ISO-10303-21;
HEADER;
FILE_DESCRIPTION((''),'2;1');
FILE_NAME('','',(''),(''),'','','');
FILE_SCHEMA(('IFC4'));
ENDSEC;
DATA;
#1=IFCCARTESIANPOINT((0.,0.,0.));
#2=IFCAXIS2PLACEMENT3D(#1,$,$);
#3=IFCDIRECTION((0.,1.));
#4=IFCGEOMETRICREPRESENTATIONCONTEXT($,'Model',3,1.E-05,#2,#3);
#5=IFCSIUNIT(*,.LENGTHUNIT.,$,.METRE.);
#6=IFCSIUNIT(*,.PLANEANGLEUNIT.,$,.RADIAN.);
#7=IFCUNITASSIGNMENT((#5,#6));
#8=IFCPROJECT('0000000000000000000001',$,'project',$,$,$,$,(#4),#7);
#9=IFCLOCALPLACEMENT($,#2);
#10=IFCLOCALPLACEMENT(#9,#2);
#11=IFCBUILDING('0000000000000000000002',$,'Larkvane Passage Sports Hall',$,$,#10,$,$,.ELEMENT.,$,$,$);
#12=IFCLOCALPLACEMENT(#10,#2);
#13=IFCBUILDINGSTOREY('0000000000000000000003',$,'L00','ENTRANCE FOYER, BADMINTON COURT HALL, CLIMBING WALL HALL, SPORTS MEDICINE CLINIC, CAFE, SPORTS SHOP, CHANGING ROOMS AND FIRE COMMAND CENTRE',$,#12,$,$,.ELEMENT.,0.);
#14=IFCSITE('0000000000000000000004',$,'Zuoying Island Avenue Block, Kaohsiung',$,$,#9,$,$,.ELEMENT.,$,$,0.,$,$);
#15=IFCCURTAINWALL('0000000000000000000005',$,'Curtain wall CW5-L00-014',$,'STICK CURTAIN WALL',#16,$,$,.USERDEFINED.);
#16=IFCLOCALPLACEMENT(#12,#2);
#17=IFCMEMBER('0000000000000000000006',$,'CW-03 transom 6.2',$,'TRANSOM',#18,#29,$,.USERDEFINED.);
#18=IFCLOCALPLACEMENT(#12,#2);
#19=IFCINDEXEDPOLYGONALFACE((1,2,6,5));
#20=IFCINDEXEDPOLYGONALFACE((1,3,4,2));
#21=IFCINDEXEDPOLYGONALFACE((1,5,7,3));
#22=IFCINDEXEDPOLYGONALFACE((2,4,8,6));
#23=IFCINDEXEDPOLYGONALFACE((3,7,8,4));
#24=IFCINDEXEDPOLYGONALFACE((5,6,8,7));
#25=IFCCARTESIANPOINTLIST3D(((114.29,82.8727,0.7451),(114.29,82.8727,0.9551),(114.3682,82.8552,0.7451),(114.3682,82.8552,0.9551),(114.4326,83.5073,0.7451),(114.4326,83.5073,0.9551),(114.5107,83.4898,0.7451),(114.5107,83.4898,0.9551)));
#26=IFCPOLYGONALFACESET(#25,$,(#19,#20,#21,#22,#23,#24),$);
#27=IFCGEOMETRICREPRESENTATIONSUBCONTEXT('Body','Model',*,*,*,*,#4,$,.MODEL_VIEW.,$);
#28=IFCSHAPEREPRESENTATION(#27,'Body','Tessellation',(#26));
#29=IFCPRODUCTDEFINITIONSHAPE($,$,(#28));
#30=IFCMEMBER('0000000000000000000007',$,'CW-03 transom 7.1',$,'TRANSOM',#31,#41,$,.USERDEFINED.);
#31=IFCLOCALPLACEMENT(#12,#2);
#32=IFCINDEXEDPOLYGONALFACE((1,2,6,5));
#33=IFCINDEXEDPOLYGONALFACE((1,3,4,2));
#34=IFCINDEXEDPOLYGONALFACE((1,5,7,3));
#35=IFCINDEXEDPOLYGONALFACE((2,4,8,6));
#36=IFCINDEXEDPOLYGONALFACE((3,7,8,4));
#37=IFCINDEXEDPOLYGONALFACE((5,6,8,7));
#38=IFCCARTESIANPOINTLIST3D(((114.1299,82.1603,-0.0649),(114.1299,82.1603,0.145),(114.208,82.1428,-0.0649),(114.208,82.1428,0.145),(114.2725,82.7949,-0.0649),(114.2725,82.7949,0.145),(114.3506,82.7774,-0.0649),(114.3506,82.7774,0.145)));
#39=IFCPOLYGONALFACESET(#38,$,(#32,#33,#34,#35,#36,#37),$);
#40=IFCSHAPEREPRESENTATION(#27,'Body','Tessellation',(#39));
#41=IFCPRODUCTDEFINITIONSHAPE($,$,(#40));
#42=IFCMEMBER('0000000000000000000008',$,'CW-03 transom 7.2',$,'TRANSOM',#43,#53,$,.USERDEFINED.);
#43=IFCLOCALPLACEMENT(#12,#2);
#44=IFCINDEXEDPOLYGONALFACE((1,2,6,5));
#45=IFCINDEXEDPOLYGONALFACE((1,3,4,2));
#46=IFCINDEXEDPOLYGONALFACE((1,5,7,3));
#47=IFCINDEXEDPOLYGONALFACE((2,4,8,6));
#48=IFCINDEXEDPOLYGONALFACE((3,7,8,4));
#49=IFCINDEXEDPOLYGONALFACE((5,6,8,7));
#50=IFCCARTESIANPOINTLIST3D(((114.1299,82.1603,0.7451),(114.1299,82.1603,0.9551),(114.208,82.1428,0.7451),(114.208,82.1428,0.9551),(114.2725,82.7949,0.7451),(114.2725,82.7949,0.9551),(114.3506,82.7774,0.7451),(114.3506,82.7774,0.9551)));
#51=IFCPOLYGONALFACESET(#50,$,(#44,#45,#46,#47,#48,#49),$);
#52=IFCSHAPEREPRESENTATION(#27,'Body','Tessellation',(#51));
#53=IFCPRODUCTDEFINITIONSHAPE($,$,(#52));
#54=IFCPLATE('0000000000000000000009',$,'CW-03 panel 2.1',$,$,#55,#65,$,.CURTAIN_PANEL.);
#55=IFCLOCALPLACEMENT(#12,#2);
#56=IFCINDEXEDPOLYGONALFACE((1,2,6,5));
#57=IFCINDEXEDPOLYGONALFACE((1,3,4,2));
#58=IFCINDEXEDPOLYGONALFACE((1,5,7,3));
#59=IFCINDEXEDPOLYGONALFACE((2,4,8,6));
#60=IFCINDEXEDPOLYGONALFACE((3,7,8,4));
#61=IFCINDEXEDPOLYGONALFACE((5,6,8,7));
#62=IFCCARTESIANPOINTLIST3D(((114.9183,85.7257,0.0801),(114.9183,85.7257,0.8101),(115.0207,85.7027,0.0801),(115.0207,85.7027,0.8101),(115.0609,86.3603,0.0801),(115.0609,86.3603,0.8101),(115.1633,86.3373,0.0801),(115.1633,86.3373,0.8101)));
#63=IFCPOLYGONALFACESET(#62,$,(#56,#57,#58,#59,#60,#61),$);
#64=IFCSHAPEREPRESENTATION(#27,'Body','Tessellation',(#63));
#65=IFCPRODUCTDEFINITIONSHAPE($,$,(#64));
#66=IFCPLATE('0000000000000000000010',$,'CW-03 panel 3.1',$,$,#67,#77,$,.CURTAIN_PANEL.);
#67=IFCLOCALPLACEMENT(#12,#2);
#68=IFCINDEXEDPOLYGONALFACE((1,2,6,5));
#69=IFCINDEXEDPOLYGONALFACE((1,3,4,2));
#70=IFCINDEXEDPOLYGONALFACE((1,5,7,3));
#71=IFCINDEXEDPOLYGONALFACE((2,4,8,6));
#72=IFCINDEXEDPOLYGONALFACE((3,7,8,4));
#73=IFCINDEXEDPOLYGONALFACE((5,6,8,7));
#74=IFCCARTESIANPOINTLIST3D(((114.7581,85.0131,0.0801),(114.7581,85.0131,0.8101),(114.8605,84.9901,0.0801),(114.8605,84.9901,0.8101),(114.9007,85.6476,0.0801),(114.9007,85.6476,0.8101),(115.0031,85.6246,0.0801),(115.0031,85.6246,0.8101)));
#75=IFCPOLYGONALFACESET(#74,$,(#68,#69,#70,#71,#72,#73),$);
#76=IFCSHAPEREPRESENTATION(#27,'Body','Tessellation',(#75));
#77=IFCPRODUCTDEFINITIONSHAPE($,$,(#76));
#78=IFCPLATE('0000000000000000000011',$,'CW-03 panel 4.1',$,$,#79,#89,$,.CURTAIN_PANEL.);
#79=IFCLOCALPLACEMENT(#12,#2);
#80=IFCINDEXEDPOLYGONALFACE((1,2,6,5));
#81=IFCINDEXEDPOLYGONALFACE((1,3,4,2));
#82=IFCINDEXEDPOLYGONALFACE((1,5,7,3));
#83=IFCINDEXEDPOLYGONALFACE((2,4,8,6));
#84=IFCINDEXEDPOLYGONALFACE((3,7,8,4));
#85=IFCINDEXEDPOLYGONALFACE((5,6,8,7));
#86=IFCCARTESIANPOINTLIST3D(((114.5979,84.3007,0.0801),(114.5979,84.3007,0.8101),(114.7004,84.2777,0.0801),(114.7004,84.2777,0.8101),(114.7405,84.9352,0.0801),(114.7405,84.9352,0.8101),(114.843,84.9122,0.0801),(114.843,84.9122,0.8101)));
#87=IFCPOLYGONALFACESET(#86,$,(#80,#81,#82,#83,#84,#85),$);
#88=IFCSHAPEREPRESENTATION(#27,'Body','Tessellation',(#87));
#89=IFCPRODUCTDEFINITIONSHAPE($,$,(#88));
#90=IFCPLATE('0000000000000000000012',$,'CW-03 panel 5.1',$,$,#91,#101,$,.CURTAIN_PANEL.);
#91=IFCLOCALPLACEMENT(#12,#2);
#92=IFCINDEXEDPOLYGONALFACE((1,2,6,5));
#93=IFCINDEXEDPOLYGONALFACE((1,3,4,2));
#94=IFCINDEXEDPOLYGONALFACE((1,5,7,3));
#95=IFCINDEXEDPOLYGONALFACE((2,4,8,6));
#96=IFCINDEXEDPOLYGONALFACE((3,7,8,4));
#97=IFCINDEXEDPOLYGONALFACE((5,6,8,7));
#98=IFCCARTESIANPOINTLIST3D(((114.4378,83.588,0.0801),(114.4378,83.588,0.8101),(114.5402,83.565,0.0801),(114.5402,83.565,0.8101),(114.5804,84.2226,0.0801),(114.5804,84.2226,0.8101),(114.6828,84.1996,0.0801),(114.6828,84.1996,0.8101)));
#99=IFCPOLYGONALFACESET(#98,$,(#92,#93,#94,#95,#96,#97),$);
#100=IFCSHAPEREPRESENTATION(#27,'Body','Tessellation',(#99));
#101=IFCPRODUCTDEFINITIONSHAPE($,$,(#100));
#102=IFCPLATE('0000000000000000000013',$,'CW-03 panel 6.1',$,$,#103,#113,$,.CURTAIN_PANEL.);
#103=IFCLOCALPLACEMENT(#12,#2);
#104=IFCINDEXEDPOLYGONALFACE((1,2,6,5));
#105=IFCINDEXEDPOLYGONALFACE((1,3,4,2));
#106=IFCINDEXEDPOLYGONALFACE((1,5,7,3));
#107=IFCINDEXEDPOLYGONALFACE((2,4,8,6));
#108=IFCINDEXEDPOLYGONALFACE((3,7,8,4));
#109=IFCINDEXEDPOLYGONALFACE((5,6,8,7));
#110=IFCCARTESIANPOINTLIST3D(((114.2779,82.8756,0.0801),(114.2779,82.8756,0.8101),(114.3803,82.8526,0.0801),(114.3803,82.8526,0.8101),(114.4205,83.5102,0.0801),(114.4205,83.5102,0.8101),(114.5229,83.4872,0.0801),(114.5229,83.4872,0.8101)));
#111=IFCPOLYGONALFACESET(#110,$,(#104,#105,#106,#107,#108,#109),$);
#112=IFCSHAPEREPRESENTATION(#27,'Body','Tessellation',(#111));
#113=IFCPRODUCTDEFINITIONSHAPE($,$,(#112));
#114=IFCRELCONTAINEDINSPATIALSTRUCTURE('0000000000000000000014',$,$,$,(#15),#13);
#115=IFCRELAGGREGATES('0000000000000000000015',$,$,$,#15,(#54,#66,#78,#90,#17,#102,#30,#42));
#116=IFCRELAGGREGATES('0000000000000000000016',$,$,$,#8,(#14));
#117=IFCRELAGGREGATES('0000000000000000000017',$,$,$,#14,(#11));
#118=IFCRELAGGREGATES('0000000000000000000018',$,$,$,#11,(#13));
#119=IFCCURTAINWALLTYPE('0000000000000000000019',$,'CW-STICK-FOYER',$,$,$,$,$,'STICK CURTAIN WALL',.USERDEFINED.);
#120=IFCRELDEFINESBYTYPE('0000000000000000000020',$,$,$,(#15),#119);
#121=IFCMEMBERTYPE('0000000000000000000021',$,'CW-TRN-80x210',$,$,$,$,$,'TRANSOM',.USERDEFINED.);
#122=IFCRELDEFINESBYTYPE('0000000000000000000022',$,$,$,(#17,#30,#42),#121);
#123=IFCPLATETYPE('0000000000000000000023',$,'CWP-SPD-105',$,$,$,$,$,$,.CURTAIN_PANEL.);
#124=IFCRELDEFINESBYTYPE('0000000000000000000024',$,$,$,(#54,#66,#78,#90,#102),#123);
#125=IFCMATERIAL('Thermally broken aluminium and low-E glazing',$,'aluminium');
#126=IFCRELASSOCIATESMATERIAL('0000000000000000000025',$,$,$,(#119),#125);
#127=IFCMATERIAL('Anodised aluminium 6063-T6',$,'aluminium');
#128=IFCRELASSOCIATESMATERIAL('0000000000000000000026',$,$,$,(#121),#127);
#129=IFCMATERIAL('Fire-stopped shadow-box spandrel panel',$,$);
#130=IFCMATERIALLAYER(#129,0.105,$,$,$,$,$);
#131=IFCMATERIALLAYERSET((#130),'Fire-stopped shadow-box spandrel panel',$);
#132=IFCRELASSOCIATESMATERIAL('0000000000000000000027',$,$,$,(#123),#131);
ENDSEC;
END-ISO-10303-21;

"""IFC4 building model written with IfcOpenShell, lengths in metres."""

from ifc_helpers import new_model, si_unit, direction, frame, origin, origin_2d, place, context, subcontext, project, spatial, rectangle, extrude, material, layer, layer_set, material_profile, profile_set, type_object, element, aggregate, save


model = new_model("IFC4")

# Units and contexts
model_context = context("Model", 3, precision=1e-05, world=origin(), true_north=direction((0.0, 1.0)))
body_context = subcontext(model_context, "Body", "Model", "MODEL_VIEW")
ifc_project = project(units=[si_unit("LENGTHUNIT", "METRE"), si_unit("PLANEANGLEUNIT", "RADIAN")], contexts=[model_context])

# Site, building, storey
site_placement = place(None, origin())
site = spatial("IfcSite", under=ifc_project, at=site_placement, Name="Zuoying Island Avenue Block, Kaohsiung", CompositionType="ELEMENT", RefElevation=0.0)
building_placement = place(site_placement, origin())
building = spatial("IfcBuilding", under=site, at=building_placement, Name="Larkvane Passage Sports Hall", CompositionType="ELEMENT")
storey_placement = place(building_placement, origin())
storey = spatial("IfcBuildingStorey", under=building, at=storey_placement, Name="L00", Description="ENTRANCE FOYER, BADMINTON COURT HALL, CLIMBING WALL HALL, SPORTS MEDICINE CLINIC, CAFE, SPORTS SHOP, CHANGING ROOMS AND FIRE COMMAND CENTRE", CompositionType="ELEMENT", Elevation=0.0)

# Curtain wall, members, plates
ifc_material_1 = material(Name="Thermally broken aluminium and low-E glazing", Category="aluminium")
curtain_wall_type = type_object("IfcCurtainWallType", Name="CW-STICK-FOYER", ElementType="STICK CURTAIN WALL", PredefinedType="USERDEFINED", material=ifc_material_1)
curtain_wall_placement = place(storey_placement, origin())
curtain_wall = element("IfcCurtainWall", 1, at=curtain_wall_placement, inside=storey, type_object=curtain_wall_type, Name="Curtain wall CW5-L00-014", ObjectType="STICK CURTAIN WALL", PredefinedType="USERDEFINED")
ifc_material_2 = material(Name="Anodised aluminium 6063-T6", Category="aluminium")
ifc_material_profile_1 = material_profile(ifc_material_2, rectangle(XDim=0.0801, YDim=0.21, at=origin_2d()), Name="ALU-TRN-80x210")
ifc_profile_set_1 = profile_set([ifc_material_profile_1], Name="Anodised aluminium 6063-T6")
member_type_1 = type_object("IfcMemberType", Name="CW-TRN-80x210", ElementType="TRANSOM", PredefinedType="USERDEFINED", material=ifc_profile_set_1)
member_1_placement = place(storey_placement, frame((114.4717, 83.4985, 0.8501), z_axis=(-0.219235, -0.975672, 0.0), x_axis=(0.975672, -0.219235, 0.0)))
member_1 = element("IfcMember", 2, at=member_1_placement, type_object=member_type_1, Name="CW-03 transom 6.2", ObjectType="TRANSOM", PredefinedType="USERDEFINED", context=body_context, shape_type="SweptSolid", body=[
    extrude(rectangle(XDim=0.0801, YDim=0.21, at=origin_2d()), origin(), (0.0, 0.0, 1.0), 0.6504),
])
member_2_placement = place(storey_placement, frame((114.3115, 82.7861, 0.04), z_axis=(-0.219235, -0.975672, 0.0), x_axis=(0.975672, -0.219235, 0.0)))
member_2 = element("IfcMember", 3, at=member_2_placement, type_object=member_type_1, Name="CW-03 transom 7.1", ObjectType="TRANSOM", PredefinedType="USERDEFINED", context=body_context, shape_type="SweptSolid", body=[
    extrude(rectangle(XDim=0.0801, YDim=0.21, at=origin_2d()), origin(), (0.0, 0.0, 1.0), 0.6504),
])
member_3_placement = place(storey_placement, frame((114.3115, 82.7861, 0.8501), z_axis=(-0.219235, -0.975672, 0.0), x_axis=(0.975672, -0.219235, 0.0)))
member_3 = element("IfcMember", 4, at=member_3_placement, type_object=member_type_1, Name="CW-03 transom 7.2", ObjectType="TRANSOM", PredefinedType="USERDEFINED", context=body_context, shape_type="SweptSolid", body=[
    extrude(rectangle(XDim=0.0801, YDim=0.21, at=origin_2d()), origin(), (0.0, 0.0, 1.0), 0.6504),
])
ifc_material_3 = material(Name="Fire-stopped shadow-box spandrel panel")
ifc_layer = layer(ifc_material_3, 0.105)
ifc_layer_set = layer_set([ifc_layer], Name="Fire-stopped shadow-box spandrel panel")
plate_type = type_object("IfcPlateType", Name="CWP-SPD-105", PredefinedType="CURTAIN_PANEL", material=ifc_layer_set)
plate_1_placement = place(storey_placement, frame((115.0408, 86.0315, 0.0801), z_axis=(0.0, 0.0, 1.0), x_axis=(-0.219244, -0.97567, 0.0)))
plate_1 = element("IfcPlate", 5, at=plate_1_placement, type_object=plate_type, Name="CW-03 panel 2.1", PredefinedType="CURTAIN_PANEL", context=body_context, shape_type="SweptSolid", body=[
    extrude(rectangle(XDim=0.6504, YDim=0.105, at=origin_2d()), origin(), (0.0, 0.0, 1.0), 0.73),
])
plate_2_placement = place(storey_placement, frame((114.8806, 85.3188, 0.0801), z_axis=(0.0, 0.0, 1.0), x_axis=(-0.219244, -0.97567, 0.0)))
plate_2 = element("IfcPlate", 6, at=plate_2_placement, type_object=plate_type, Name="CW-03 panel 3.1", PredefinedType="CURTAIN_PANEL", context=body_context, shape_type="SweptSolid", body=[
    extrude(rectangle(XDim=0.6504, YDim=0.105, at=origin_2d()), origin(), (0.0, 0.0, 1.0), 0.73),
])
plate_3_placement = place(storey_placement, frame((114.7205, 84.6064, 0.0801), z_axis=(0.0, 0.0, 1.0), x_axis=(-0.219244, -0.97567, 0.0)))
plate_3 = element("IfcPlate", 7, at=plate_3_placement, type_object=plate_type, Name="CW-03 panel 4.1", PredefinedType="CURTAIN_PANEL", context=body_context, shape_type="SweptSolid", body=[
    extrude(rectangle(XDim=0.6504, YDim=0.105, at=origin_2d()), origin(), (0.0, 0.0, 1.0), 0.73),
])
plate_4_placement = place(storey_placement, frame((114.5603, 83.8938, 0.0801), z_axis=(0.0, 0.0, 1.0), x_axis=(-0.219244, -0.97567, 0.0)))
plate_4 = element("IfcPlate", 8, at=plate_4_placement, type_object=plate_type, Name="CW-03 panel 5.1", PredefinedType="CURTAIN_PANEL", context=body_context, shape_type="SweptSolid", body=[
    extrude(rectangle(XDim=0.6504, YDim=0.105, at=origin_2d()), origin(), (0.0, 0.0, 1.0), 0.73),
])
plate_5_placement = place(storey_placement, frame((114.4004, 83.1814, 0.0801), z_axis=(0.0, 0.0, 1.0), x_axis=(-0.219244, -0.97567, 0.0)))
plate_5 = element("IfcPlate", 9, at=plate_5_placement, type_object=plate_type, Name="CW-03 panel 6.1", PredefinedType="CURTAIN_PANEL", context=body_context, shape_type="SweptSolid", body=[
    extrude(rectangle(XDim=0.6504, YDim=0.105, at=origin_2d()), origin(), (0.0, 0.0, 1.0), 0.73),
])
aggregate(curtain_wall, [plate_1, plate_2, plate_3, plate_4, member_1, plate_5, member_2, member_3])

save(model, "model.ifc")
